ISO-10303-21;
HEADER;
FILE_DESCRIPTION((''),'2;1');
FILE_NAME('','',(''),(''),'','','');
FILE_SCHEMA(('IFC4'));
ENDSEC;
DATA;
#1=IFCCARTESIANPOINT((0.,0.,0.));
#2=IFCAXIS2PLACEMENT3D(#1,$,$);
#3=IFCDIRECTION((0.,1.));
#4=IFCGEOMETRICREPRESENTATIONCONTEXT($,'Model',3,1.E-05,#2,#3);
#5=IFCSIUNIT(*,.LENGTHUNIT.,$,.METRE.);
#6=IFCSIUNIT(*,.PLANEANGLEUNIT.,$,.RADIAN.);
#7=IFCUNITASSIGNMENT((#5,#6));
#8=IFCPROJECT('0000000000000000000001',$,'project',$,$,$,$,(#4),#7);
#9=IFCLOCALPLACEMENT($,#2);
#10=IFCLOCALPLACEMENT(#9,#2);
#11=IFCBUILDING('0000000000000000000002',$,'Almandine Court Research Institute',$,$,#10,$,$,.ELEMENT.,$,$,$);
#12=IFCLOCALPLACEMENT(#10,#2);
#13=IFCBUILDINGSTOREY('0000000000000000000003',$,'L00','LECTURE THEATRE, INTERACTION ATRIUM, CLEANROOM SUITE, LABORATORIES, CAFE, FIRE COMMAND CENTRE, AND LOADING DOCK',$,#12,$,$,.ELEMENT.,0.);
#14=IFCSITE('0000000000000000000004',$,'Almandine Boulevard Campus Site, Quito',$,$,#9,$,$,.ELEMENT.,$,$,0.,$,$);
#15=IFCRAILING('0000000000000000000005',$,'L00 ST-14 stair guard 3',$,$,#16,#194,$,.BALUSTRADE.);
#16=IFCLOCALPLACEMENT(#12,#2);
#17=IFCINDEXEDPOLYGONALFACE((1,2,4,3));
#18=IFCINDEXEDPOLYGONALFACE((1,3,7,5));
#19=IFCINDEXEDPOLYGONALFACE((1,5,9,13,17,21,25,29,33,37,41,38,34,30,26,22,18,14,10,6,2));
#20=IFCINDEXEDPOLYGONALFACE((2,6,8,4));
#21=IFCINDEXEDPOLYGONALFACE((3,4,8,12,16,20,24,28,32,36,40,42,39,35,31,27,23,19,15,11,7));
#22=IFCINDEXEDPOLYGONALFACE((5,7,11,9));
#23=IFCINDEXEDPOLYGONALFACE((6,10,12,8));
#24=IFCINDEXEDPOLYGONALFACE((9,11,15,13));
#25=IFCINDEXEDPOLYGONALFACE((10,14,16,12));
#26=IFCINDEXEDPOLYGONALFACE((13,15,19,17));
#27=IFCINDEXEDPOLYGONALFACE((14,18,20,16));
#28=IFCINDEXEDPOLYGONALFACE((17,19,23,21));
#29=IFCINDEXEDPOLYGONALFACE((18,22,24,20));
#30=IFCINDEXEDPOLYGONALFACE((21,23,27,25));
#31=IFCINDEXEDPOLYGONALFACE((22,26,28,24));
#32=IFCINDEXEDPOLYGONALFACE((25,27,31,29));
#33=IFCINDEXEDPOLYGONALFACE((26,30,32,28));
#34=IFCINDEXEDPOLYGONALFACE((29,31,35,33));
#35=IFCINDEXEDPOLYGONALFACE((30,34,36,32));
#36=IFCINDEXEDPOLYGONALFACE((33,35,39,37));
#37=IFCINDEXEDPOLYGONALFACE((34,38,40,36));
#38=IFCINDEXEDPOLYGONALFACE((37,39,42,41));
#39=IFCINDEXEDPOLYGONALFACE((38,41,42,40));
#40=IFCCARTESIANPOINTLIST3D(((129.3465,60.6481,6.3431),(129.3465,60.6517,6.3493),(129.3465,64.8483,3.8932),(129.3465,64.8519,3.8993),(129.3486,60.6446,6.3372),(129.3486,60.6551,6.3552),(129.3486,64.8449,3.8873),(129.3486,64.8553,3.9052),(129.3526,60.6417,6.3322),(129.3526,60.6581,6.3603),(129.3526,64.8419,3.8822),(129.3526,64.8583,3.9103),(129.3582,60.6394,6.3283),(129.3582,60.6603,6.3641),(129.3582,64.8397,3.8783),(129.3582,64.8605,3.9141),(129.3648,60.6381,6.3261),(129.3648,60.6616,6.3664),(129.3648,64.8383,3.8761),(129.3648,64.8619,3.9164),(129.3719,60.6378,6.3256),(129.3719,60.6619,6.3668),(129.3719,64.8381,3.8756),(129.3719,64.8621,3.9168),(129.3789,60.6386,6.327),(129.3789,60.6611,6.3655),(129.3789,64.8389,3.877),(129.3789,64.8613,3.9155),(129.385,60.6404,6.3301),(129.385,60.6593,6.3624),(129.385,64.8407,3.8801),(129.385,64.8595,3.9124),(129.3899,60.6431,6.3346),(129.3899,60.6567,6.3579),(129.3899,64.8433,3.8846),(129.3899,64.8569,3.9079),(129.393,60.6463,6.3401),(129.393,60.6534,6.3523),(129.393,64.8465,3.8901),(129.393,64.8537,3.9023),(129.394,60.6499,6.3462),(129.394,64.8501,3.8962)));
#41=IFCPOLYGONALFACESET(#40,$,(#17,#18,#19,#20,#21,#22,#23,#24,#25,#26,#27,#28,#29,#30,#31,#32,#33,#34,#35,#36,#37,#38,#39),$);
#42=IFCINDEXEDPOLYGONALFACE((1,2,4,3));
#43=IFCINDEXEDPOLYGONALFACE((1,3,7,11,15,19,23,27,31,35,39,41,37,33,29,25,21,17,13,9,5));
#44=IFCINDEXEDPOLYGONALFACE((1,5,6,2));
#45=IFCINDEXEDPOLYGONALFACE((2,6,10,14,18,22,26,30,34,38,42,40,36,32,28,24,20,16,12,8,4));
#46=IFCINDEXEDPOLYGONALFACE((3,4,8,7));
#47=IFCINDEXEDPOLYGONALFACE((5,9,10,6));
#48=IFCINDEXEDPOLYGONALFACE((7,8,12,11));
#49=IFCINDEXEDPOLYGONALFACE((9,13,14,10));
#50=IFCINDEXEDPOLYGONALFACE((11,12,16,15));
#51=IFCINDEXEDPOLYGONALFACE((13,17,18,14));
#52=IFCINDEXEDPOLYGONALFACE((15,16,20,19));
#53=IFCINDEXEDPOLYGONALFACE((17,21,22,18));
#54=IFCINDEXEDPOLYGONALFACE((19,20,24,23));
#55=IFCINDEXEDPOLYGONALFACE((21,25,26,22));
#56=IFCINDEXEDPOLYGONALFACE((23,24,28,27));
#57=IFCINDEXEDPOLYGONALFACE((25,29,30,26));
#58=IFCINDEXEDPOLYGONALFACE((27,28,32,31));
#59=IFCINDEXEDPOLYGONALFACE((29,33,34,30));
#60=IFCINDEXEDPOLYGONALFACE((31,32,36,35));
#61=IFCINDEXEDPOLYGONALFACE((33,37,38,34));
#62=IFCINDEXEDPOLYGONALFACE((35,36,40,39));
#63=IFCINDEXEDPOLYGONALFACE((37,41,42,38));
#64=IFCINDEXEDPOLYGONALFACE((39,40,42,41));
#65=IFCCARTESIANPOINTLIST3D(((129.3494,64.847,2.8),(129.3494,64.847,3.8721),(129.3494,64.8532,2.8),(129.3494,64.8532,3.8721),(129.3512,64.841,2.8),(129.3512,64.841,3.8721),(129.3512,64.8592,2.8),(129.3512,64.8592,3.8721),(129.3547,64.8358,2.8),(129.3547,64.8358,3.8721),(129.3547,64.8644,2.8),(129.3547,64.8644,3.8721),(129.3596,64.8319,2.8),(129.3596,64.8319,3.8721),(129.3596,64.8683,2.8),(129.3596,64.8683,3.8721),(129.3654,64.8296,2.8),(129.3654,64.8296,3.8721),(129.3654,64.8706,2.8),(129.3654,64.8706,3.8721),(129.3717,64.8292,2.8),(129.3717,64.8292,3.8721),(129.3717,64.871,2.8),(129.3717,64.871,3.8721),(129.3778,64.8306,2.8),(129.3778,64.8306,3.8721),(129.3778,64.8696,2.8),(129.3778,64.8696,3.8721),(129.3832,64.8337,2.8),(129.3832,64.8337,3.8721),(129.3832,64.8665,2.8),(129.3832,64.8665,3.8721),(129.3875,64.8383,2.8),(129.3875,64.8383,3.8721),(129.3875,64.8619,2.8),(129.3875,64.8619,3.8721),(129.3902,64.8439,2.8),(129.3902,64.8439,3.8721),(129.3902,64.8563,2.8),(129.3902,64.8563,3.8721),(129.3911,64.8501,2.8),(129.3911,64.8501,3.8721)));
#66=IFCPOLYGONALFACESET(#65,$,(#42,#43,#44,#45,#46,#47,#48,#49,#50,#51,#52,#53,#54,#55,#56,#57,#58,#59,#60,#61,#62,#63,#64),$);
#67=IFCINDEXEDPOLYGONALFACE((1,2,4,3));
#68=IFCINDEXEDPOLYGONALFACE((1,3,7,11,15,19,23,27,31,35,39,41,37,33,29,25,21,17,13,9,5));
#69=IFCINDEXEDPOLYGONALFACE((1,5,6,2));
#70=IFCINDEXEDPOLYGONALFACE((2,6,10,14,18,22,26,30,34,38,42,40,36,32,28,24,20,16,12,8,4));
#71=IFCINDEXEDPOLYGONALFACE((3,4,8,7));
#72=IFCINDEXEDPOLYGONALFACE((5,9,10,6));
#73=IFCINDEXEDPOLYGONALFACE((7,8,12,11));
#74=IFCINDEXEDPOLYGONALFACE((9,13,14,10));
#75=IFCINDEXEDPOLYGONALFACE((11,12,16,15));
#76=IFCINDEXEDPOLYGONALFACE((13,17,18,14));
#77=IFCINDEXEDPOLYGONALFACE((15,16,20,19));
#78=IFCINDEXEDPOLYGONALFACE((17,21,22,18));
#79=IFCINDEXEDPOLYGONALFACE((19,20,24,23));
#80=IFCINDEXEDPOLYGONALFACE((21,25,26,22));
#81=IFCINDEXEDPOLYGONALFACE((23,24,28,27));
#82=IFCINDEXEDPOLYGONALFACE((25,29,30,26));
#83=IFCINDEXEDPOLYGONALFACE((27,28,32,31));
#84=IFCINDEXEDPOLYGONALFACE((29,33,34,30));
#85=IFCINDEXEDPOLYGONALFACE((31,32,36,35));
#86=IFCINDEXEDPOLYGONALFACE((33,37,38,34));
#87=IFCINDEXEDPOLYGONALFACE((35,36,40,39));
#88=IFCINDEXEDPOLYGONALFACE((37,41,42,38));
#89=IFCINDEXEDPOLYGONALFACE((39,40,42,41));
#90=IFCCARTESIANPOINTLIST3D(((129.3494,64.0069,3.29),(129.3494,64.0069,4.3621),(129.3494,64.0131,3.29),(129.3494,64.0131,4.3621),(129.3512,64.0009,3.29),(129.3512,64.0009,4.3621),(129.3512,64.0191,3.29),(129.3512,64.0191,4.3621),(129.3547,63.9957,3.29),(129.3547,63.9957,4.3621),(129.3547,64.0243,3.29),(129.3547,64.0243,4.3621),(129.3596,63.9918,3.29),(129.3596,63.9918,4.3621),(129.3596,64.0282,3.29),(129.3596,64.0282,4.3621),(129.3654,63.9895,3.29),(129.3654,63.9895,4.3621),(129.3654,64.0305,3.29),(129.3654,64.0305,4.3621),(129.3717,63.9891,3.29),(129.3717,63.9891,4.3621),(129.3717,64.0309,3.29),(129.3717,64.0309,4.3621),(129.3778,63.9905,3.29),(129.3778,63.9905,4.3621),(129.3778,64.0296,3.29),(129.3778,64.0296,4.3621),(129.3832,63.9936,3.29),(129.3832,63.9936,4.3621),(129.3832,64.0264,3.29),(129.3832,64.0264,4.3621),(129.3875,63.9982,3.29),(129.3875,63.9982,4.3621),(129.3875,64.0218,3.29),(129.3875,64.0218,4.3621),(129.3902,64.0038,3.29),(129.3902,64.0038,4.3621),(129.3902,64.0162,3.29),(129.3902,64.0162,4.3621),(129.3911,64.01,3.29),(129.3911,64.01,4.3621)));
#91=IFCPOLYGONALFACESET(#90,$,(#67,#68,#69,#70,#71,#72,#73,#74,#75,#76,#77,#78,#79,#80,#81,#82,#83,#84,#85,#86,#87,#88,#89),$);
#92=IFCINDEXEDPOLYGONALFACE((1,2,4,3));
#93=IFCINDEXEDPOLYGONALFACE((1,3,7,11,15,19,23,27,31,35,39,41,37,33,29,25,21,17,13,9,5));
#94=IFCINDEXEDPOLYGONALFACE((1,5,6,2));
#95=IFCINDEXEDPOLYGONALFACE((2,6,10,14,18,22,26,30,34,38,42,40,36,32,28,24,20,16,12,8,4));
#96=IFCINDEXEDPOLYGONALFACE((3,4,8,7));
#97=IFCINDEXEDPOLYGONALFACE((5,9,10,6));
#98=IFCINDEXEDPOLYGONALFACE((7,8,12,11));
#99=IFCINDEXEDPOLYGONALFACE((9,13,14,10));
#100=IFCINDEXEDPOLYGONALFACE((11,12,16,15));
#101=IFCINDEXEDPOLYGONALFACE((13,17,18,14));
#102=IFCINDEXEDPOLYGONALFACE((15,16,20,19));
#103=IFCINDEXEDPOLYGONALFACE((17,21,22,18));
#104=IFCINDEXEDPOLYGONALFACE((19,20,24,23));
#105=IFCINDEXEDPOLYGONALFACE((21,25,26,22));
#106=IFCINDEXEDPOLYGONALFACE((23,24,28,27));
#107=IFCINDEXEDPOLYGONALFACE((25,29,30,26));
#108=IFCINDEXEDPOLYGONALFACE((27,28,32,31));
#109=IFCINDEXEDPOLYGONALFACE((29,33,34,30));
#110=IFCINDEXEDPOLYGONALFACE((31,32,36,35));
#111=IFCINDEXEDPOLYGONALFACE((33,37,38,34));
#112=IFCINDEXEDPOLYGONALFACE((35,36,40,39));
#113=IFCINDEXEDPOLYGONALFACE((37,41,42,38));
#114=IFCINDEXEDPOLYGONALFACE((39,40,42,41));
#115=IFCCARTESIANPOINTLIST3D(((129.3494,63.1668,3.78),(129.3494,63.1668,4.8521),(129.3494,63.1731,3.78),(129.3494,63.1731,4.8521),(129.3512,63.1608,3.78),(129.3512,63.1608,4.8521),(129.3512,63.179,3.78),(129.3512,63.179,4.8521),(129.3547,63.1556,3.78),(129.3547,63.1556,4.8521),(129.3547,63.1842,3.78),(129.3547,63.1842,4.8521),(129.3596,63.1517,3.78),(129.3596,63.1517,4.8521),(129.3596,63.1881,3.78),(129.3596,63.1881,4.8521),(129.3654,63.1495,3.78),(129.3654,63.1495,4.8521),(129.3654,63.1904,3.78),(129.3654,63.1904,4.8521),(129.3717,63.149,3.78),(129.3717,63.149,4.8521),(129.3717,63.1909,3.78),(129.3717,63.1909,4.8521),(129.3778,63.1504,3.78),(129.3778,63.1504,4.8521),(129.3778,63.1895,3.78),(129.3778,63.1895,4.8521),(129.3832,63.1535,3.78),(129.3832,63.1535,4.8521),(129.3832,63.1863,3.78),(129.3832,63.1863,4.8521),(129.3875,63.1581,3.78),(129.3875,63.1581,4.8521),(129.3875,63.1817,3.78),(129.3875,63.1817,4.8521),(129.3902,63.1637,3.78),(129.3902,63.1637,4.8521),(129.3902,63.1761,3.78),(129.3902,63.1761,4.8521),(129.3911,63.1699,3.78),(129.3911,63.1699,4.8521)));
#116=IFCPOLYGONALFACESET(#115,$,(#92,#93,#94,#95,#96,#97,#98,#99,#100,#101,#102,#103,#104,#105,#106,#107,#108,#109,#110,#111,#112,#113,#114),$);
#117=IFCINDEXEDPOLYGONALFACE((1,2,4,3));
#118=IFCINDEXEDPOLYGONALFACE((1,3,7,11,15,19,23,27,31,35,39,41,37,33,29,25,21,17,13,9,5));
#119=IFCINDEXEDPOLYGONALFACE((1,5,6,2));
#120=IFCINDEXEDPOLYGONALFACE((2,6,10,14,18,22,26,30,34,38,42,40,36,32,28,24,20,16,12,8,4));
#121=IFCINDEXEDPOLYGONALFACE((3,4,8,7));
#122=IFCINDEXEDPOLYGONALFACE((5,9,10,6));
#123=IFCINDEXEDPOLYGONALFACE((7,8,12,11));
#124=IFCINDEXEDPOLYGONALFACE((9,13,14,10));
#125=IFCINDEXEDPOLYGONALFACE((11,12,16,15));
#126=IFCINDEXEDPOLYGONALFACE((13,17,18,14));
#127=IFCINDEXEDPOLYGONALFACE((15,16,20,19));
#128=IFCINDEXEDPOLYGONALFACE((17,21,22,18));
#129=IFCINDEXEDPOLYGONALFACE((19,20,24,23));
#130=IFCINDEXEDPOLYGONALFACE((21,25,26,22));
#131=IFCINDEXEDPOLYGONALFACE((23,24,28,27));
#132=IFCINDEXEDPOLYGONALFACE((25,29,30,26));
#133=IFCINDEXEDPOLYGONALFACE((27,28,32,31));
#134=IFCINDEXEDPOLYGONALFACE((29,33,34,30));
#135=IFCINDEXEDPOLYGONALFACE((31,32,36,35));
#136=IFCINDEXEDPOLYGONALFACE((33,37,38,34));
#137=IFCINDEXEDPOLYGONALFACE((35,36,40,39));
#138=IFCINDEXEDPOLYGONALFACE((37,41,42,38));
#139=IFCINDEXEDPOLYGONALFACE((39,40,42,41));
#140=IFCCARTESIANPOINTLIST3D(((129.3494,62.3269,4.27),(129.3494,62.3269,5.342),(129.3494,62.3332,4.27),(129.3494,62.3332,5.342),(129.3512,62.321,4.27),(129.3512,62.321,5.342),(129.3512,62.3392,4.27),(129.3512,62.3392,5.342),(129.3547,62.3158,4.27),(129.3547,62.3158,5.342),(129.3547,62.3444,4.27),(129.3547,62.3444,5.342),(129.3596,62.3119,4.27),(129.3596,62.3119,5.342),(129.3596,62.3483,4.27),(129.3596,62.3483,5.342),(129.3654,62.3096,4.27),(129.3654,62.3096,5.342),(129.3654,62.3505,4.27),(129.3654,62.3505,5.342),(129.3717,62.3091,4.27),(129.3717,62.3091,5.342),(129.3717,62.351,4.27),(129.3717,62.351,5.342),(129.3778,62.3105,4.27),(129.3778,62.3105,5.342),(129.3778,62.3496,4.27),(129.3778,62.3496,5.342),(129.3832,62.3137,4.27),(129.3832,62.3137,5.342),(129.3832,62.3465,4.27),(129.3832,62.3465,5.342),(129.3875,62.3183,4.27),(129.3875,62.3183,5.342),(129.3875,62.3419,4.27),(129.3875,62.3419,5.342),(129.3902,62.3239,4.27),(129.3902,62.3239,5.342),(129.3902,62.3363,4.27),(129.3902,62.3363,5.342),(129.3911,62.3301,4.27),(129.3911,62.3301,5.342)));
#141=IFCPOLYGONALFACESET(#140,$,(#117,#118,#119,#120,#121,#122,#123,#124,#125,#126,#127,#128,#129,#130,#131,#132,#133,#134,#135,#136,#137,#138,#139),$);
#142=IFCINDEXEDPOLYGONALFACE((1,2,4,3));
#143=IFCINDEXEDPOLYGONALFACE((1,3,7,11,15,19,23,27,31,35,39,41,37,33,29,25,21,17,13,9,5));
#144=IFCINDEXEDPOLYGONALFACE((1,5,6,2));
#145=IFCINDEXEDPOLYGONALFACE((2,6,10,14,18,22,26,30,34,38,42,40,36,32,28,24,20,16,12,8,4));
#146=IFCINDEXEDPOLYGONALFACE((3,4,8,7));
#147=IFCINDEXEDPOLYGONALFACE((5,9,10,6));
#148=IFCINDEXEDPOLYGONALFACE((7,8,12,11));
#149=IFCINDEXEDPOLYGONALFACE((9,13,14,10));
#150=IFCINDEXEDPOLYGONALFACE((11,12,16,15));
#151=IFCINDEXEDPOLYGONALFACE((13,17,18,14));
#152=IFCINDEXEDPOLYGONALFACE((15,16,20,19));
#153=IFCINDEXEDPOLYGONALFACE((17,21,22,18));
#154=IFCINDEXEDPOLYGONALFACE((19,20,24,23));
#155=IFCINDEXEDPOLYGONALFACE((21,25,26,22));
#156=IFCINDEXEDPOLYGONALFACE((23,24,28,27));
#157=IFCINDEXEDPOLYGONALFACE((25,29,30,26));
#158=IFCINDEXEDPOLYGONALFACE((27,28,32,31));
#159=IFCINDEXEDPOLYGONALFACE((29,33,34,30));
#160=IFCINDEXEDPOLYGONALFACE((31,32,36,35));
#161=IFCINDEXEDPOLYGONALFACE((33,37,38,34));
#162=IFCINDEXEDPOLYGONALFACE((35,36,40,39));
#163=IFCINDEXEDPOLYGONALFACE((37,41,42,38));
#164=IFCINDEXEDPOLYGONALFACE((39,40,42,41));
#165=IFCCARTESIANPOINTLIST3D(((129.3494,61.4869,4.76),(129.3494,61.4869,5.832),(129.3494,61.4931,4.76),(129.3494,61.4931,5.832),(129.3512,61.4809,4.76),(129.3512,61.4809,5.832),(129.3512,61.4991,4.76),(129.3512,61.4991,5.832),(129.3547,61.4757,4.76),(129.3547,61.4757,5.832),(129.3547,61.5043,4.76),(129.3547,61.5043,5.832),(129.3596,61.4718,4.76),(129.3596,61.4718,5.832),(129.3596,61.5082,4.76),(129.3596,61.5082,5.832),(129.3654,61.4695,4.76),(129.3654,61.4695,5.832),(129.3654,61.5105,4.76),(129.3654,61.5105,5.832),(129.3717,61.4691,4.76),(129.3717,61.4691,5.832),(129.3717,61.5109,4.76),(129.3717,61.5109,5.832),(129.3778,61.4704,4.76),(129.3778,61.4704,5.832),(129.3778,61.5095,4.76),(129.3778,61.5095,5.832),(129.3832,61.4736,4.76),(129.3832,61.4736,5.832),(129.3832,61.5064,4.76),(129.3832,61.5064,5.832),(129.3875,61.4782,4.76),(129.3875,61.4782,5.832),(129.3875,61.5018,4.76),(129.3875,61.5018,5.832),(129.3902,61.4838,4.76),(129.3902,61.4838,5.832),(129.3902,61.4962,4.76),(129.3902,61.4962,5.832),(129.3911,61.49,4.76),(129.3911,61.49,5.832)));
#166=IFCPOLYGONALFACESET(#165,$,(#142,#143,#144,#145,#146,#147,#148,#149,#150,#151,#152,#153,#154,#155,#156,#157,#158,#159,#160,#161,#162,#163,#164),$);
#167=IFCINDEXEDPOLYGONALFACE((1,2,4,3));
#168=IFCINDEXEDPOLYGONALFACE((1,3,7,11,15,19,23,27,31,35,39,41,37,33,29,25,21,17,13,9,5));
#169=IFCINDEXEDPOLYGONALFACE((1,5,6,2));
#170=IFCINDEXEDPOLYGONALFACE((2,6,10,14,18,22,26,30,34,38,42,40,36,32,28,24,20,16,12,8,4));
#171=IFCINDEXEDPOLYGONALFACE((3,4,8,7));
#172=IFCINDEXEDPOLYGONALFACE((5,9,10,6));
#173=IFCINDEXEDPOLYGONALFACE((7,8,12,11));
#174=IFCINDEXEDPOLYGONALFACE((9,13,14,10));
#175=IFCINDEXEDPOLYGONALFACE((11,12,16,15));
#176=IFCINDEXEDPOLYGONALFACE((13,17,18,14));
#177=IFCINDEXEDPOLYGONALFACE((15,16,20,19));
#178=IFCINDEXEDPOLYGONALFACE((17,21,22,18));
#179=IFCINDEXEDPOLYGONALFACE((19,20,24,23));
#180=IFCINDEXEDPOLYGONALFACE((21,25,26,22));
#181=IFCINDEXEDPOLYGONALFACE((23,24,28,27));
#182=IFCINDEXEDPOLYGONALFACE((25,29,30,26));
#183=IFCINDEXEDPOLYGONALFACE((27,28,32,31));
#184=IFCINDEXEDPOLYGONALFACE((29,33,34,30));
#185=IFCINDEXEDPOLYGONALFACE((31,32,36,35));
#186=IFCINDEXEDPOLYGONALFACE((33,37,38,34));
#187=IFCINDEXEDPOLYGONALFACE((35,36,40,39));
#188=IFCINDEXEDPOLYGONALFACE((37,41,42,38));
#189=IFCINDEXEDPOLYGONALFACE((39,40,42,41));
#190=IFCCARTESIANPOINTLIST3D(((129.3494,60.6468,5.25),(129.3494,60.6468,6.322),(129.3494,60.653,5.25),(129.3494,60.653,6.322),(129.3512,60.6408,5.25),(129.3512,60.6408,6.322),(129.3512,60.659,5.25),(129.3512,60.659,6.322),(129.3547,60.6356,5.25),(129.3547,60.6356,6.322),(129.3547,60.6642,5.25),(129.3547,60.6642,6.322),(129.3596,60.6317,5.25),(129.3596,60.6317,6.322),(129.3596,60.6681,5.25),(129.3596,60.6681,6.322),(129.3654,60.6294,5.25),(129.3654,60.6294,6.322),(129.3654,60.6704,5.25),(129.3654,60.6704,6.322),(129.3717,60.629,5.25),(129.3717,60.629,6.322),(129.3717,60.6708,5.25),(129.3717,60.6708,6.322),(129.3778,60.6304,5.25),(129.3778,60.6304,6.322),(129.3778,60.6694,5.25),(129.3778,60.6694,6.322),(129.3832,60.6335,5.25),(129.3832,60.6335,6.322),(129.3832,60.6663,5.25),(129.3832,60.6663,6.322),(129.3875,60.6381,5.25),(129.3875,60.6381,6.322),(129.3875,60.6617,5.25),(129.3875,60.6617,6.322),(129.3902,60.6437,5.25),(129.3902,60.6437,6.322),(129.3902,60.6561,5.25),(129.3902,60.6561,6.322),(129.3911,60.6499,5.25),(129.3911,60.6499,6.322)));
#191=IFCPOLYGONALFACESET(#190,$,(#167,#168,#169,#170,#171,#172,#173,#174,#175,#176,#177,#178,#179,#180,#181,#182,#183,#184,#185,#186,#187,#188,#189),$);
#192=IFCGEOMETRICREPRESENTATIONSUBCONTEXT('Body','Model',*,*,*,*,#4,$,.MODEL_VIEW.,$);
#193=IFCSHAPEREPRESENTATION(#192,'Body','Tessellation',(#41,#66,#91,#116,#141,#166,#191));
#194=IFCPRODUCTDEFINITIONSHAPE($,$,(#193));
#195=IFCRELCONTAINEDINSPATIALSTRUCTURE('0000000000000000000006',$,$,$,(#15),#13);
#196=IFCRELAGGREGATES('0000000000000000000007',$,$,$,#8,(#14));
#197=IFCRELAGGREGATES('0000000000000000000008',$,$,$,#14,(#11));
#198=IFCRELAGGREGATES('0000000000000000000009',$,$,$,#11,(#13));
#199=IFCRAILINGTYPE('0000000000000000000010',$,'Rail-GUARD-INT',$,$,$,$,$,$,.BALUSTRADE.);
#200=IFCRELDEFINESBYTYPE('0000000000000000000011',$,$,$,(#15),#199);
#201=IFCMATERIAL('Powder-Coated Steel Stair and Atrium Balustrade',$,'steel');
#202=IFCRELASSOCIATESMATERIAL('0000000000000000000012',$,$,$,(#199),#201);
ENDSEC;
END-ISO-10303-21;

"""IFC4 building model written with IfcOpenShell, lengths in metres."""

from ifc_helpers import new_model, si_unit, direction, frame, origin, origin_2d, place, context, subcontext, project, spatial, circle, extrude, material, type_object, element, save


model = new_model("IFC4")

# Units and contexts
model_context = context("Model", 3, precision=1e-05, world=origin(), true_north=direction((0.0, 1.0)))
body_context = subcontext(model_context, "Body", "Model", "MODEL_VIEW")
ifc_project = project(units=[si_unit("LENGTHUNIT", "METRE"), si_unit("PLANEANGLEUNIT", "RADIAN")], contexts=[model_context])

# Site, building, storey
site_placement = place(None, origin())
site = spatial("IfcSite", under=ifc_project, at=site_placement, Name="Almandine Boulevard Campus Site, Quito", CompositionType="ELEMENT", RefElevation=0.0)
building_placement = place(site_placement, origin())
building = spatial("IfcBuilding", under=site, at=building_placement, Name="Almandine Court Research Institute", CompositionType="ELEMENT")
storey_placement = place(building_placement, origin())
storey = spatial("IfcBuildingStorey", under=building, at=storey_placement, Name="L00", Description="LECTURE THEATRE, INTERACTION ATRIUM, CLEANROOM SUITE, LABORATORIES, CAFE, FIRE COMMAND CENTRE, AND LOADING DOCK", CompositionType="ELEMENT", Elevation=0.0)

# Railing
ifc_material_1 = material(Name="Powder-Coated Steel Stair and Atrium Balustrade", Category="steel")
railing_type_1 = type_object("IfcRailingType", Name="Rail-GUARD-INT", PredefinedType="BALUSTRADE", material=ifc_material_1)
railing_1_placement = place(storey_placement, frame((129.3701, 64.8501, 2.8)))
element("IfcRailing", 1, at=railing_1_placement, inside=storey, type_object=railing_type_1, Name="L00 ST-14 stair guard 3", PredefinedType="BALUSTRADE", context=body_context, shape_type="SweptSolid", body=[
    extrude(circle(Radius=0.0239, at=origin_2d()), frame((0.0, 0.0, 1.0962), z_axis=(0.0, -0.863793, 0.503846), x_axis=(1.0, 0.0, 0.0)), (0.0, 0.0, 1.0), 4.8625),
    extrude(circle(Radius=0.021, at=origin_2d()), origin(), (0.0, 0.0, 1.0), 1.072),
    extrude(circle(Radius=0.021, at=origin_2d()), frame((0.0, -0.8401, 0.49)), (0.0, 0.0, 1.0), 1.072),
    extrude(circle(Radius=0.021, at=origin_2d()), frame((0.0, -1.6802, 0.98)), (0.0, 0.0, 1.0), 1.072),
    extrude(circle(Radius=0.021, at=origin_2d()), frame((0.0, -2.52, 1.47)), (0.0, 0.0, 1.0), 1.072),
    extrude(circle(Radius=0.021, at=origin_2d()), frame((0.0, -3.3601, 1.96)), (0.0, 0.0, 1.0), 1.072),
    extrude(circle(Radius=0.021, at=origin_2d()), frame((0.0, -4.2002, 2.45)), (0.0, 0.0, 1.0), 1.072),
])

save(model, "model.ifc")
